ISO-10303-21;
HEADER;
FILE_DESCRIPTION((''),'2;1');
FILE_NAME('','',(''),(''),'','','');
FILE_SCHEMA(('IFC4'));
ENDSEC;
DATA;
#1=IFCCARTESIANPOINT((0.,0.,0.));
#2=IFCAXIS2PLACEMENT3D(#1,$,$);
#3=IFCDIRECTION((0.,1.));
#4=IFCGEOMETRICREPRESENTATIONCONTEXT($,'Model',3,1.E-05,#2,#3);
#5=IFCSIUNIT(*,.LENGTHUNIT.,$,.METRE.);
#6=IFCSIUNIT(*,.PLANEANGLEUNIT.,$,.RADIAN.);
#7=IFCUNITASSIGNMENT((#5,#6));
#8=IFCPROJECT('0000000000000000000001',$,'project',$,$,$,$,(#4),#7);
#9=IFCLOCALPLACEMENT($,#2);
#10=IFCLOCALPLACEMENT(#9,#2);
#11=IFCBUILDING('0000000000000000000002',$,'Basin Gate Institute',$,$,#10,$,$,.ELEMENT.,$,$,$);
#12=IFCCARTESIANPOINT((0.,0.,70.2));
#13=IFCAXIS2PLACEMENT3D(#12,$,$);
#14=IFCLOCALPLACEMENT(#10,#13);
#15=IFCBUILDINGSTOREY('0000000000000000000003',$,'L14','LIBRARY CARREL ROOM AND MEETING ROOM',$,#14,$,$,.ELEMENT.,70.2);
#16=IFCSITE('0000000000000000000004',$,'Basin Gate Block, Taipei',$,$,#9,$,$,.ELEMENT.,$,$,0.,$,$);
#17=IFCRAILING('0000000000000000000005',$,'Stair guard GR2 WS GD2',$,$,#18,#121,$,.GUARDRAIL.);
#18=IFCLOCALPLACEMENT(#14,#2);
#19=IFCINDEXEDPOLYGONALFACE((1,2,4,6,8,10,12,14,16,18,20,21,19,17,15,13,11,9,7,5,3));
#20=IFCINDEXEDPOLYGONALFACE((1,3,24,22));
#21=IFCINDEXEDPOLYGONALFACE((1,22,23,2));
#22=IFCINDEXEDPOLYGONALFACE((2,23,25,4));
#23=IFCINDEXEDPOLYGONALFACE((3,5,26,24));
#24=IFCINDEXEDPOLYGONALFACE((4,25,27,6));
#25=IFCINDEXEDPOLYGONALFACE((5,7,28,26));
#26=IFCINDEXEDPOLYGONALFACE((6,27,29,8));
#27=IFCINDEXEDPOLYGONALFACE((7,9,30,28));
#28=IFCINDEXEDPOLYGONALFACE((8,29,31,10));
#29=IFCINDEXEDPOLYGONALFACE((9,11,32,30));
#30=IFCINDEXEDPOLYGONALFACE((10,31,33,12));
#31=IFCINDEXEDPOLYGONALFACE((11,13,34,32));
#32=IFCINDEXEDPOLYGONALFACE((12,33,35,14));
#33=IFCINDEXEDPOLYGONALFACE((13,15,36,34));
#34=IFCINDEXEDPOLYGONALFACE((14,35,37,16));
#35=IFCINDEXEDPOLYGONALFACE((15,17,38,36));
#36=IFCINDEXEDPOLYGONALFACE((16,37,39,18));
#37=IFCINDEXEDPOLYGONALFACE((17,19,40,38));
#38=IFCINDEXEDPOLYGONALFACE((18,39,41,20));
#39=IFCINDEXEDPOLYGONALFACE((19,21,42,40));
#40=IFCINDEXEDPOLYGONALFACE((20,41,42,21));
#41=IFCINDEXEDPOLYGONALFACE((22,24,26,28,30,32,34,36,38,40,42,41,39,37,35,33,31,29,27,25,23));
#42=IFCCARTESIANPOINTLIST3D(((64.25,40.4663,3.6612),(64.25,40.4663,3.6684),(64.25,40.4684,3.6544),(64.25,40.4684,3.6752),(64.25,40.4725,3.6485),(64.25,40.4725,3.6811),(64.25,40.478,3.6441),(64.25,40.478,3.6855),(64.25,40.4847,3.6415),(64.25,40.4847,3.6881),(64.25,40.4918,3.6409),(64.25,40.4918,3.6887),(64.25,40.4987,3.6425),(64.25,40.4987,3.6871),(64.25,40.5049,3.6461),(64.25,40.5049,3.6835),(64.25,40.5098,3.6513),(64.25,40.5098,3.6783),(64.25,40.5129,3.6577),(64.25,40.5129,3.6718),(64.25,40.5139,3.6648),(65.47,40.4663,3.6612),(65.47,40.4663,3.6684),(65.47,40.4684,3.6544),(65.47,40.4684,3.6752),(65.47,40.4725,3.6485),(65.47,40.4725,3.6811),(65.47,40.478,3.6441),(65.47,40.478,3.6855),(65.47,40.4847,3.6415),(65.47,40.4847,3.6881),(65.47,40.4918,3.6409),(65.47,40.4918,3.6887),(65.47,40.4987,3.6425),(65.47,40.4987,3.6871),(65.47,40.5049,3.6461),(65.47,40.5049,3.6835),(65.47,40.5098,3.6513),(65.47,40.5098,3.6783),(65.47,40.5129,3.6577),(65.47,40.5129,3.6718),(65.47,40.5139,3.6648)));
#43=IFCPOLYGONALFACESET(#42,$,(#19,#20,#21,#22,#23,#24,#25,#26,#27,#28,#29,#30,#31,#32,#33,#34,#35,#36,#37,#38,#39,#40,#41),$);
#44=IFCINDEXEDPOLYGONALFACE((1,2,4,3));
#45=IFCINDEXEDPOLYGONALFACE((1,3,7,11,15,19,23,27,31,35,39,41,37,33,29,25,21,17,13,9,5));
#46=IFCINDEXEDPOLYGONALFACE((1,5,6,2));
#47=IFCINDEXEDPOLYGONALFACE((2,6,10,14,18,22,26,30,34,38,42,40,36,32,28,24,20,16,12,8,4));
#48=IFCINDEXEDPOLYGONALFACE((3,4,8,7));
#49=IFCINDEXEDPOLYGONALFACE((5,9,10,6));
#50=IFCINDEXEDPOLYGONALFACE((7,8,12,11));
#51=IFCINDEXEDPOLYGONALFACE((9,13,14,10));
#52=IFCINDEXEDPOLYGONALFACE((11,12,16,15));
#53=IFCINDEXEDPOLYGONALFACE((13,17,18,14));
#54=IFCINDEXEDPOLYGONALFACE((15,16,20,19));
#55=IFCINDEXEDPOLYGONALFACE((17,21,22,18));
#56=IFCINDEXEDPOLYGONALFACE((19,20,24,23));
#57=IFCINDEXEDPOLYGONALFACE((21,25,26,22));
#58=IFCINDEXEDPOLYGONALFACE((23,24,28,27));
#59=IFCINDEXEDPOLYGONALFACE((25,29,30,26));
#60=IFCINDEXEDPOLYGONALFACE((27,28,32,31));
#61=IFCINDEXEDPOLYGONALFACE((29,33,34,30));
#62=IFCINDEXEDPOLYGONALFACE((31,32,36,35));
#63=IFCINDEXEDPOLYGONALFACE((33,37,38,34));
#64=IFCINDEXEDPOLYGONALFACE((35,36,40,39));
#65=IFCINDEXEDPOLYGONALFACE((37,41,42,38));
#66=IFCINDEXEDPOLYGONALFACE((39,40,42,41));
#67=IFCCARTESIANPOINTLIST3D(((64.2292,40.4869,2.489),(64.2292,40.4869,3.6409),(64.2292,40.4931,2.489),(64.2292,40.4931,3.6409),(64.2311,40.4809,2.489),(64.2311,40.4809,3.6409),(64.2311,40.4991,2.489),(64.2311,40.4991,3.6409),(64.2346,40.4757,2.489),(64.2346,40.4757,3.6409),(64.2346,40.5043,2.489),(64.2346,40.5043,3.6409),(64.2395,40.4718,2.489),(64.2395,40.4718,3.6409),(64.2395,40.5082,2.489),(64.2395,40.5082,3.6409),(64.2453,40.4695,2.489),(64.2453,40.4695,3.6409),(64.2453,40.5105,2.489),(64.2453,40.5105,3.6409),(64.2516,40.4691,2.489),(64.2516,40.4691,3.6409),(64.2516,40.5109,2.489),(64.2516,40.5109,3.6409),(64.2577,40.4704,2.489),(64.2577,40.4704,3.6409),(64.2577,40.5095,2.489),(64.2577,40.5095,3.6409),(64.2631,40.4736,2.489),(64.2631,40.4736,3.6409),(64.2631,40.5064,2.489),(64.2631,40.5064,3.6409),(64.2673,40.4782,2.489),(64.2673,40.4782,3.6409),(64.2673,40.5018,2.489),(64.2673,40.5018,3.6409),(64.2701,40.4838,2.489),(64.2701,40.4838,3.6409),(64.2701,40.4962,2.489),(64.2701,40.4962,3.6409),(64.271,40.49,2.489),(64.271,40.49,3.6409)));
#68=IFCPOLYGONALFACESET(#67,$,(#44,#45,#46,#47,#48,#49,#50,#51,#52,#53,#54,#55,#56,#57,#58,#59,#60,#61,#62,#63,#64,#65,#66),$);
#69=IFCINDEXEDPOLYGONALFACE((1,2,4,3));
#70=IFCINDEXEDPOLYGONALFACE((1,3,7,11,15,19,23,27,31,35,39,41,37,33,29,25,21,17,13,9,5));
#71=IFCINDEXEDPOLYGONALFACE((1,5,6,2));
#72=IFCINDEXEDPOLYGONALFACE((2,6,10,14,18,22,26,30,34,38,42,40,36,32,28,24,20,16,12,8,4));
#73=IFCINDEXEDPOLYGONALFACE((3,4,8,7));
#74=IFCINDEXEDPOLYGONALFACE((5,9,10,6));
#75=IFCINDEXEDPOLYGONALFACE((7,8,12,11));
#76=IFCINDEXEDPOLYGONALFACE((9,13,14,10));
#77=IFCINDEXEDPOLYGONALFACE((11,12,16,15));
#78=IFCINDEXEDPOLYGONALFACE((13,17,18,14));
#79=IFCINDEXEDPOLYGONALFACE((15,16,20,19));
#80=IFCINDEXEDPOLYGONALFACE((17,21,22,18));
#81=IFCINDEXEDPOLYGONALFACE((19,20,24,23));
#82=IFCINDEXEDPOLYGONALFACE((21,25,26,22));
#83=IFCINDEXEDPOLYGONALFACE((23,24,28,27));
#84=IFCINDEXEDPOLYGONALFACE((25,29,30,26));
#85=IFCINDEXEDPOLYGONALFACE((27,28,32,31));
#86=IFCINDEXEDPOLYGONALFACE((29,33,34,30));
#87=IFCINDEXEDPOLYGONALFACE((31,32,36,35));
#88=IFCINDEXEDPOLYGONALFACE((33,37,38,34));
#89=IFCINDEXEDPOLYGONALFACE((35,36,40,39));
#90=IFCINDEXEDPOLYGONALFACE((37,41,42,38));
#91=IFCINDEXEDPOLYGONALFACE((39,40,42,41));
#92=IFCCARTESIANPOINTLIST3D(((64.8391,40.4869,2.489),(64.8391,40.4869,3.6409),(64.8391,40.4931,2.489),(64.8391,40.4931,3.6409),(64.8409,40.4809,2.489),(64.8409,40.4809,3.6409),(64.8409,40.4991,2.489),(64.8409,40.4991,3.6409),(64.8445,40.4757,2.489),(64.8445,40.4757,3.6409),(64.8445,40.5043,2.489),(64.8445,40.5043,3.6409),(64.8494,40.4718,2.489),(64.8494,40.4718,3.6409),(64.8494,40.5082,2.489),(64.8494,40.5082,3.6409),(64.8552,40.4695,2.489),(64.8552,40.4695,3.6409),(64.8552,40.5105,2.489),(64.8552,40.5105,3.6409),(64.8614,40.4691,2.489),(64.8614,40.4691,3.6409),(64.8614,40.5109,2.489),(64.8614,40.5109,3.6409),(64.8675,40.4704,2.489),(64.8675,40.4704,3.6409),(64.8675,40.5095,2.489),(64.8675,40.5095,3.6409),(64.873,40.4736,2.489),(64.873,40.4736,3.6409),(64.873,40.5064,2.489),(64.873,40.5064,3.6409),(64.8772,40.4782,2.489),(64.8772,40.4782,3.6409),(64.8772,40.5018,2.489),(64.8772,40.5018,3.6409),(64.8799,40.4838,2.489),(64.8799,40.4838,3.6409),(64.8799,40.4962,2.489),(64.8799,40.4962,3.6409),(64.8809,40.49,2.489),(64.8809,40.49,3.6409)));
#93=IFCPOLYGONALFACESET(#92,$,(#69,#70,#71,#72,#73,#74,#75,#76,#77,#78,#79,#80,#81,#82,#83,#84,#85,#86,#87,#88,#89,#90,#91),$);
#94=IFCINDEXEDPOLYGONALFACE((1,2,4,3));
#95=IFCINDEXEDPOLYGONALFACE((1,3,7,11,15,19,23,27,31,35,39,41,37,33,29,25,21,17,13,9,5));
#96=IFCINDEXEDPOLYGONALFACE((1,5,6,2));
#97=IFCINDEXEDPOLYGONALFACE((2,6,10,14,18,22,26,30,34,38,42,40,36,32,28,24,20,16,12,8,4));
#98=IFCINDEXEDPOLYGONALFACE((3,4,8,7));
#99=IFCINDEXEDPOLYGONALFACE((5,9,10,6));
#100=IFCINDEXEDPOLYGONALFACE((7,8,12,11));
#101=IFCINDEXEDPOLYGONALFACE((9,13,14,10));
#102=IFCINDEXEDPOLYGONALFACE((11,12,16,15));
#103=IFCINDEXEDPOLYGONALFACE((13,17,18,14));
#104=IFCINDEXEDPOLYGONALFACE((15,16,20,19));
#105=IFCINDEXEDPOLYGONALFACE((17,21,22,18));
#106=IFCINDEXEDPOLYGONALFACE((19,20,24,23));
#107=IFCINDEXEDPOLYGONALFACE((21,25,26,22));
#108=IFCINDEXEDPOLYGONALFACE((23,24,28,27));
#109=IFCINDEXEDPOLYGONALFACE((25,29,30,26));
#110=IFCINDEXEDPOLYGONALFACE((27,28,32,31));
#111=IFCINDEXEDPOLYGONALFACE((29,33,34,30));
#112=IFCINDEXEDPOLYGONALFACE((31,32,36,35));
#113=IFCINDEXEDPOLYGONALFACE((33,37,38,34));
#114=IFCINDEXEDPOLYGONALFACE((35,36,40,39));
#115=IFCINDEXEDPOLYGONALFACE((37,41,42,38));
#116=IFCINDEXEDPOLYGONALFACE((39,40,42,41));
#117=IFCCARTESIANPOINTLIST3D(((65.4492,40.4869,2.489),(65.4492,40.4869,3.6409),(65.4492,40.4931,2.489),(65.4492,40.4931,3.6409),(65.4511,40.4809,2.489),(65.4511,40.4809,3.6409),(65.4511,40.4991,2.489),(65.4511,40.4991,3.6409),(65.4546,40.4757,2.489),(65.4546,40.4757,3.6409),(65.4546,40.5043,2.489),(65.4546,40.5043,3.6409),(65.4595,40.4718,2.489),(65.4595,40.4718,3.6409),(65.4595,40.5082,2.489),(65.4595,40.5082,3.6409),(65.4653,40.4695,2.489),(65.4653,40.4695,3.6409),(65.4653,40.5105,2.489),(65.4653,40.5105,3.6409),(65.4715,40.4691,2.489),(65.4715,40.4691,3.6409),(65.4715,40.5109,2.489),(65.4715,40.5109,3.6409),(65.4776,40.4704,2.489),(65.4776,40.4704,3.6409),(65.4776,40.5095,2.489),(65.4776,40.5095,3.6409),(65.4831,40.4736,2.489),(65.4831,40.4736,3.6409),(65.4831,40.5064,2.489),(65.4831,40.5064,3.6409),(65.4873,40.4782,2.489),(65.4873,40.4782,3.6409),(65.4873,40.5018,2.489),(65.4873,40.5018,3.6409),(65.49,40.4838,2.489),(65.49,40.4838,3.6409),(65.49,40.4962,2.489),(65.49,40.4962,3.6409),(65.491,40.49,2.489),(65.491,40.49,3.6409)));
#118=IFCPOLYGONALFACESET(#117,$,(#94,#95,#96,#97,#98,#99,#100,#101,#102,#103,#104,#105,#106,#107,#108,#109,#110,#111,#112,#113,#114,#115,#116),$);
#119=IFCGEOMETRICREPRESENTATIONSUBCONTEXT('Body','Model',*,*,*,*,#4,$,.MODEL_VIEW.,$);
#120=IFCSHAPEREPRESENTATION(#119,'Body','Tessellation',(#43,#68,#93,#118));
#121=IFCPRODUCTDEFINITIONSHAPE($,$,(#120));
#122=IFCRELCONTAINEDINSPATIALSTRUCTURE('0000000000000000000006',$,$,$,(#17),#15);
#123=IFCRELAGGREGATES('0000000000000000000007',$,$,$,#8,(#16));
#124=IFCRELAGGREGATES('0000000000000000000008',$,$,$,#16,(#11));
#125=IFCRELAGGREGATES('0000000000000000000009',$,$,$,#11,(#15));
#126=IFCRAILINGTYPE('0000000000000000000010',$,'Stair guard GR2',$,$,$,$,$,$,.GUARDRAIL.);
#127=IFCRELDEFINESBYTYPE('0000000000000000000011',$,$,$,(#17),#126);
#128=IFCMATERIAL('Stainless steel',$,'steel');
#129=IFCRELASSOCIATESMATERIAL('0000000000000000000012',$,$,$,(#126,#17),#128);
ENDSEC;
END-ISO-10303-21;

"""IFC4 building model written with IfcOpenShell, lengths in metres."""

from ifc_helpers import new_model, si_unit, direction, frame, origin, origin_2d, place, context, subcontext, project, spatial, circle, extrude, material, type_object, element, save


model = new_model("IFC4")

# Units and contexts
model_context = context("Model", 3, precision=1e-05, world=origin(), true_north=direction((0.0, 1.0)))
body_context = subcontext(model_context, "Body", "Model", "MODEL_VIEW")
ifc_project = project(units=[si_unit("LENGTHUNIT", "METRE"), si_unit("PLANEANGLEUNIT", "RADIAN")], contexts=[model_context])

# Site, building, storey
site_placement = place(None, origin())
site = spatial("IfcSite", under=ifc_project, at=site_placement, Name="Basin Gate Block, Taipei", CompositionType="ELEMENT", RefElevation=0.0)
building_placement = place(site_placement, origin())
building = spatial("IfcBuilding", under=site, at=building_placement, Name="Basin Gate Institute", CompositionType="ELEMENT")
storey_placement = place(building_placement, frame((0.0, 0.0, 70.2)))
storey = spatial("IfcBuildingStorey", under=building, at=storey_placement, Name="L14", Description="LIBRARY CARREL ROOM AND MEETING ROOM", CompositionType="ELEMENT", Elevation=70.2)

# Railing
ifc_material_1 = material(Name="Stainless steel", Category="steel")
railing_type_1 = type_object("IfcRailingType", Name="Stair guard GR2", PredefinedType="GUARDRAIL", material=ifc_material_1)
railing_1_placement = place(storey_placement, frame((64.25, 40.49, 2.489)))
element("IfcRailing", 1, at=railing_1_placement, inside=storey, type_object=railing_type_1, material=ifc_material_1, Name="Stair guard GR2 WS GD2", PredefinedType="GUARDRAIL", context=body_context, shape_type="SweptSolid", body=[
    extrude(circle(Radius=0.0239, at=origin_2d()), frame((0.0, 0.0, 1.1758), z_axis=(1.0, 0.0, 0.0), x_axis=(0.0, 1.0, 0.0)), (0.0, 0.0, 1.0), 1.22),
    extrude(circle(Radius=0.021, at=origin_2d()), origin(), (0.0, 0.0, 1.0), 1.1519),
    extrude(circle(Radius=0.021, at=origin_2d()), frame((0.6099, 0.0, 0.0)), (0.0, 0.0, 1.0), 1.1519),
    extrude(circle(Radius=0.021, at=origin_2d()), frame((1.22, 0.0, 0.0)), (0.0, 0.0, 1.0), 1.1519),
])

save(model, "model.ifc")
